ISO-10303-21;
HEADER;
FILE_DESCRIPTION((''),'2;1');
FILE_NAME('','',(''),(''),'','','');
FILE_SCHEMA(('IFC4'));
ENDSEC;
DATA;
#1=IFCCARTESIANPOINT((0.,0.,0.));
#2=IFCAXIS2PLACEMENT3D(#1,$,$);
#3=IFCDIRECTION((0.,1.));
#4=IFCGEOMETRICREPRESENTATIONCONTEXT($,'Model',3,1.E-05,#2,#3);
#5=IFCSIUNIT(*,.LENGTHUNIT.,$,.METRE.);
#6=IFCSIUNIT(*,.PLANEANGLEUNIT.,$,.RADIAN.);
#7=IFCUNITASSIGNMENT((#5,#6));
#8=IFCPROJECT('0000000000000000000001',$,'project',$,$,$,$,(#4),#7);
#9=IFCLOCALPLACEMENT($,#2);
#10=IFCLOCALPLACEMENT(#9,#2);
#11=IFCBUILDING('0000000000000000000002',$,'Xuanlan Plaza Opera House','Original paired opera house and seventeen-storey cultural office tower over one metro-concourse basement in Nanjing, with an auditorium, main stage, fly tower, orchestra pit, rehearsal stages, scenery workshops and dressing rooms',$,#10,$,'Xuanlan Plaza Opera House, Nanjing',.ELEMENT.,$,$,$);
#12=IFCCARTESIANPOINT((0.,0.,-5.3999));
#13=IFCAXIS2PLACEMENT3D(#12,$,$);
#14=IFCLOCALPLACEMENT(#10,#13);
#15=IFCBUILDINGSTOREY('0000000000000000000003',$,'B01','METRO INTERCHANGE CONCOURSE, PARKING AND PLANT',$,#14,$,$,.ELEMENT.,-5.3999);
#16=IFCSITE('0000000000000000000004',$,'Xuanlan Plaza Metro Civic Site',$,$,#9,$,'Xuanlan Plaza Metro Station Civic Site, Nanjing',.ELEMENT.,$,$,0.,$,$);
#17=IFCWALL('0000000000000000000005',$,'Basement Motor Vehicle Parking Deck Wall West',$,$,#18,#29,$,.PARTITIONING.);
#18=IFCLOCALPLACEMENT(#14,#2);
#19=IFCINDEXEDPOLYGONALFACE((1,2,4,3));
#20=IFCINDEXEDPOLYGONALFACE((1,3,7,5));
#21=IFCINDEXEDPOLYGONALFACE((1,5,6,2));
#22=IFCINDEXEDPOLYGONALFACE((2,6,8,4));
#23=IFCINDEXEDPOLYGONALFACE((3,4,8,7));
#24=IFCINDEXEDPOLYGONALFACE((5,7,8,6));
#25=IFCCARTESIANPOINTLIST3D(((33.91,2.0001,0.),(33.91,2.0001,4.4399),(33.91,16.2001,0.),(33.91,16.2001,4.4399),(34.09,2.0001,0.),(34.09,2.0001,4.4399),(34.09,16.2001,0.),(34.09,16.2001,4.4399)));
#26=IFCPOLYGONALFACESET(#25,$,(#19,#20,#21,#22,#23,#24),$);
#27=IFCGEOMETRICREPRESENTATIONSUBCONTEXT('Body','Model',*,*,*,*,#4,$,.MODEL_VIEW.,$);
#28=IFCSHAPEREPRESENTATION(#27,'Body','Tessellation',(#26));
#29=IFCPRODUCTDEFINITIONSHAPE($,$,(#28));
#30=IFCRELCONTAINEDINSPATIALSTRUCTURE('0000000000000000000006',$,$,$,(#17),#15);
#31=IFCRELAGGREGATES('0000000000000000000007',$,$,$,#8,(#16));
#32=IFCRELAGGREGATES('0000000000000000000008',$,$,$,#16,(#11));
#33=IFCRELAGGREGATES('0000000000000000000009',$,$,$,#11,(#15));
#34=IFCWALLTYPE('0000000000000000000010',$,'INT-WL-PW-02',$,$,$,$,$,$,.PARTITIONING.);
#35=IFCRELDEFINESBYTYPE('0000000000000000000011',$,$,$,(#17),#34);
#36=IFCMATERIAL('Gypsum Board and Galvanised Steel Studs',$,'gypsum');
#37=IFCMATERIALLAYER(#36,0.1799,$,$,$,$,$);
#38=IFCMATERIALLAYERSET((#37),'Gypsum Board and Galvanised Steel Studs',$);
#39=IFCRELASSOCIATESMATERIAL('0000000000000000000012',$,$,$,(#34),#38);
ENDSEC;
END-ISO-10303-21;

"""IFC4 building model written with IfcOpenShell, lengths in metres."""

from ifc_helpers import new_model, si_unit, direction, frame, frame_2d, origin, place, context, subcontext, project, spatial, rectangle, extrude, material, layer, layer_set, type_object, element, save


model = new_model("IFC4")

# Units and contexts
model_context = context("Model", 3, precision=1e-05, world=origin(), true_north=direction((0.0, 1.0)))
body_context = subcontext(model_context, "Body", "Model", "MODEL_VIEW")
ifc_project = project(units=[si_unit("LENGTHUNIT", "METRE"), si_unit("PLANEANGLEUNIT", "RADIAN")], contexts=[model_context])

# Site, building, storey
site_placement = place(None, origin())
site = spatial("IfcSite", under=ifc_project, at=site_placement, Name="Xuanlan Plaza Metro Civic Site", LongName="Xuanlan Plaza Metro Station Civic Site, Nanjing", CompositionType="ELEMENT", RefElevation=0.0)
building_placement = place(site_placement, origin())
building = spatial("IfcBuilding", under=site, at=building_placement, Name="Xuanlan Plaza Opera House", Description="Original paired opera house and seventeen-storey cultural office tower over one metro-concourse basement in Nanjing, with an auditorium, main stage, fly tower, orchestra pit, rehearsal stages, scenery workshops and dressing rooms", LongName="Xuanlan Plaza Opera House, Nanjing", CompositionType="ELEMENT")
storey_placement = place(building_placement, frame((0.0, 0.0, -5.3999)))
storey = spatial("IfcBuildingStorey", under=building, at=storey_placement, Name="B01", Description="METRO INTERCHANGE CONCOURSE, PARKING AND PLANT", CompositionType="ELEMENT", Elevation=-5.3999)

# Shared definitions
ifc_material_1 = material(Name="Gypsum Board and Galvanised Steel Studs", Category="gypsum")
ifc_layer_1 = layer(ifc_material_1, 0.1799)
ifc_layer_set_1 = layer_set([ifc_layer_1], Name="Gypsum Board and Galvanised Steel Studs")
wall_type_1 = type_object("IfcWallType", Name="INT-WL-PW-02", PredefinedType="PARTITIONING", material=ifc_layer_set_1)

# Wall
wall_1_placement = place(storey_placement, frame((34.0, 2.0, 0.0), z_axis=(0.0, 0.0, 1.0), x_axis=(0.0, 1.0, 0.0)))
element("IfcWall", 1, at=wall_1_placement, inside=storey, type_object=wall_type_1, Name="Basement Motor Vehicle Parking Deck Wall West", PredefinedType="PARTITIONING", context=body_context, shape_type="SweptSolid", body=[
    extrude(rectangle(XDim=14.2, YDim=0.1799, at=frame_2d((7.1001, 0.0))), origin(), (0.0, 0.0, 1.0), 4.4399),
])

save(model, "model.ifc")
